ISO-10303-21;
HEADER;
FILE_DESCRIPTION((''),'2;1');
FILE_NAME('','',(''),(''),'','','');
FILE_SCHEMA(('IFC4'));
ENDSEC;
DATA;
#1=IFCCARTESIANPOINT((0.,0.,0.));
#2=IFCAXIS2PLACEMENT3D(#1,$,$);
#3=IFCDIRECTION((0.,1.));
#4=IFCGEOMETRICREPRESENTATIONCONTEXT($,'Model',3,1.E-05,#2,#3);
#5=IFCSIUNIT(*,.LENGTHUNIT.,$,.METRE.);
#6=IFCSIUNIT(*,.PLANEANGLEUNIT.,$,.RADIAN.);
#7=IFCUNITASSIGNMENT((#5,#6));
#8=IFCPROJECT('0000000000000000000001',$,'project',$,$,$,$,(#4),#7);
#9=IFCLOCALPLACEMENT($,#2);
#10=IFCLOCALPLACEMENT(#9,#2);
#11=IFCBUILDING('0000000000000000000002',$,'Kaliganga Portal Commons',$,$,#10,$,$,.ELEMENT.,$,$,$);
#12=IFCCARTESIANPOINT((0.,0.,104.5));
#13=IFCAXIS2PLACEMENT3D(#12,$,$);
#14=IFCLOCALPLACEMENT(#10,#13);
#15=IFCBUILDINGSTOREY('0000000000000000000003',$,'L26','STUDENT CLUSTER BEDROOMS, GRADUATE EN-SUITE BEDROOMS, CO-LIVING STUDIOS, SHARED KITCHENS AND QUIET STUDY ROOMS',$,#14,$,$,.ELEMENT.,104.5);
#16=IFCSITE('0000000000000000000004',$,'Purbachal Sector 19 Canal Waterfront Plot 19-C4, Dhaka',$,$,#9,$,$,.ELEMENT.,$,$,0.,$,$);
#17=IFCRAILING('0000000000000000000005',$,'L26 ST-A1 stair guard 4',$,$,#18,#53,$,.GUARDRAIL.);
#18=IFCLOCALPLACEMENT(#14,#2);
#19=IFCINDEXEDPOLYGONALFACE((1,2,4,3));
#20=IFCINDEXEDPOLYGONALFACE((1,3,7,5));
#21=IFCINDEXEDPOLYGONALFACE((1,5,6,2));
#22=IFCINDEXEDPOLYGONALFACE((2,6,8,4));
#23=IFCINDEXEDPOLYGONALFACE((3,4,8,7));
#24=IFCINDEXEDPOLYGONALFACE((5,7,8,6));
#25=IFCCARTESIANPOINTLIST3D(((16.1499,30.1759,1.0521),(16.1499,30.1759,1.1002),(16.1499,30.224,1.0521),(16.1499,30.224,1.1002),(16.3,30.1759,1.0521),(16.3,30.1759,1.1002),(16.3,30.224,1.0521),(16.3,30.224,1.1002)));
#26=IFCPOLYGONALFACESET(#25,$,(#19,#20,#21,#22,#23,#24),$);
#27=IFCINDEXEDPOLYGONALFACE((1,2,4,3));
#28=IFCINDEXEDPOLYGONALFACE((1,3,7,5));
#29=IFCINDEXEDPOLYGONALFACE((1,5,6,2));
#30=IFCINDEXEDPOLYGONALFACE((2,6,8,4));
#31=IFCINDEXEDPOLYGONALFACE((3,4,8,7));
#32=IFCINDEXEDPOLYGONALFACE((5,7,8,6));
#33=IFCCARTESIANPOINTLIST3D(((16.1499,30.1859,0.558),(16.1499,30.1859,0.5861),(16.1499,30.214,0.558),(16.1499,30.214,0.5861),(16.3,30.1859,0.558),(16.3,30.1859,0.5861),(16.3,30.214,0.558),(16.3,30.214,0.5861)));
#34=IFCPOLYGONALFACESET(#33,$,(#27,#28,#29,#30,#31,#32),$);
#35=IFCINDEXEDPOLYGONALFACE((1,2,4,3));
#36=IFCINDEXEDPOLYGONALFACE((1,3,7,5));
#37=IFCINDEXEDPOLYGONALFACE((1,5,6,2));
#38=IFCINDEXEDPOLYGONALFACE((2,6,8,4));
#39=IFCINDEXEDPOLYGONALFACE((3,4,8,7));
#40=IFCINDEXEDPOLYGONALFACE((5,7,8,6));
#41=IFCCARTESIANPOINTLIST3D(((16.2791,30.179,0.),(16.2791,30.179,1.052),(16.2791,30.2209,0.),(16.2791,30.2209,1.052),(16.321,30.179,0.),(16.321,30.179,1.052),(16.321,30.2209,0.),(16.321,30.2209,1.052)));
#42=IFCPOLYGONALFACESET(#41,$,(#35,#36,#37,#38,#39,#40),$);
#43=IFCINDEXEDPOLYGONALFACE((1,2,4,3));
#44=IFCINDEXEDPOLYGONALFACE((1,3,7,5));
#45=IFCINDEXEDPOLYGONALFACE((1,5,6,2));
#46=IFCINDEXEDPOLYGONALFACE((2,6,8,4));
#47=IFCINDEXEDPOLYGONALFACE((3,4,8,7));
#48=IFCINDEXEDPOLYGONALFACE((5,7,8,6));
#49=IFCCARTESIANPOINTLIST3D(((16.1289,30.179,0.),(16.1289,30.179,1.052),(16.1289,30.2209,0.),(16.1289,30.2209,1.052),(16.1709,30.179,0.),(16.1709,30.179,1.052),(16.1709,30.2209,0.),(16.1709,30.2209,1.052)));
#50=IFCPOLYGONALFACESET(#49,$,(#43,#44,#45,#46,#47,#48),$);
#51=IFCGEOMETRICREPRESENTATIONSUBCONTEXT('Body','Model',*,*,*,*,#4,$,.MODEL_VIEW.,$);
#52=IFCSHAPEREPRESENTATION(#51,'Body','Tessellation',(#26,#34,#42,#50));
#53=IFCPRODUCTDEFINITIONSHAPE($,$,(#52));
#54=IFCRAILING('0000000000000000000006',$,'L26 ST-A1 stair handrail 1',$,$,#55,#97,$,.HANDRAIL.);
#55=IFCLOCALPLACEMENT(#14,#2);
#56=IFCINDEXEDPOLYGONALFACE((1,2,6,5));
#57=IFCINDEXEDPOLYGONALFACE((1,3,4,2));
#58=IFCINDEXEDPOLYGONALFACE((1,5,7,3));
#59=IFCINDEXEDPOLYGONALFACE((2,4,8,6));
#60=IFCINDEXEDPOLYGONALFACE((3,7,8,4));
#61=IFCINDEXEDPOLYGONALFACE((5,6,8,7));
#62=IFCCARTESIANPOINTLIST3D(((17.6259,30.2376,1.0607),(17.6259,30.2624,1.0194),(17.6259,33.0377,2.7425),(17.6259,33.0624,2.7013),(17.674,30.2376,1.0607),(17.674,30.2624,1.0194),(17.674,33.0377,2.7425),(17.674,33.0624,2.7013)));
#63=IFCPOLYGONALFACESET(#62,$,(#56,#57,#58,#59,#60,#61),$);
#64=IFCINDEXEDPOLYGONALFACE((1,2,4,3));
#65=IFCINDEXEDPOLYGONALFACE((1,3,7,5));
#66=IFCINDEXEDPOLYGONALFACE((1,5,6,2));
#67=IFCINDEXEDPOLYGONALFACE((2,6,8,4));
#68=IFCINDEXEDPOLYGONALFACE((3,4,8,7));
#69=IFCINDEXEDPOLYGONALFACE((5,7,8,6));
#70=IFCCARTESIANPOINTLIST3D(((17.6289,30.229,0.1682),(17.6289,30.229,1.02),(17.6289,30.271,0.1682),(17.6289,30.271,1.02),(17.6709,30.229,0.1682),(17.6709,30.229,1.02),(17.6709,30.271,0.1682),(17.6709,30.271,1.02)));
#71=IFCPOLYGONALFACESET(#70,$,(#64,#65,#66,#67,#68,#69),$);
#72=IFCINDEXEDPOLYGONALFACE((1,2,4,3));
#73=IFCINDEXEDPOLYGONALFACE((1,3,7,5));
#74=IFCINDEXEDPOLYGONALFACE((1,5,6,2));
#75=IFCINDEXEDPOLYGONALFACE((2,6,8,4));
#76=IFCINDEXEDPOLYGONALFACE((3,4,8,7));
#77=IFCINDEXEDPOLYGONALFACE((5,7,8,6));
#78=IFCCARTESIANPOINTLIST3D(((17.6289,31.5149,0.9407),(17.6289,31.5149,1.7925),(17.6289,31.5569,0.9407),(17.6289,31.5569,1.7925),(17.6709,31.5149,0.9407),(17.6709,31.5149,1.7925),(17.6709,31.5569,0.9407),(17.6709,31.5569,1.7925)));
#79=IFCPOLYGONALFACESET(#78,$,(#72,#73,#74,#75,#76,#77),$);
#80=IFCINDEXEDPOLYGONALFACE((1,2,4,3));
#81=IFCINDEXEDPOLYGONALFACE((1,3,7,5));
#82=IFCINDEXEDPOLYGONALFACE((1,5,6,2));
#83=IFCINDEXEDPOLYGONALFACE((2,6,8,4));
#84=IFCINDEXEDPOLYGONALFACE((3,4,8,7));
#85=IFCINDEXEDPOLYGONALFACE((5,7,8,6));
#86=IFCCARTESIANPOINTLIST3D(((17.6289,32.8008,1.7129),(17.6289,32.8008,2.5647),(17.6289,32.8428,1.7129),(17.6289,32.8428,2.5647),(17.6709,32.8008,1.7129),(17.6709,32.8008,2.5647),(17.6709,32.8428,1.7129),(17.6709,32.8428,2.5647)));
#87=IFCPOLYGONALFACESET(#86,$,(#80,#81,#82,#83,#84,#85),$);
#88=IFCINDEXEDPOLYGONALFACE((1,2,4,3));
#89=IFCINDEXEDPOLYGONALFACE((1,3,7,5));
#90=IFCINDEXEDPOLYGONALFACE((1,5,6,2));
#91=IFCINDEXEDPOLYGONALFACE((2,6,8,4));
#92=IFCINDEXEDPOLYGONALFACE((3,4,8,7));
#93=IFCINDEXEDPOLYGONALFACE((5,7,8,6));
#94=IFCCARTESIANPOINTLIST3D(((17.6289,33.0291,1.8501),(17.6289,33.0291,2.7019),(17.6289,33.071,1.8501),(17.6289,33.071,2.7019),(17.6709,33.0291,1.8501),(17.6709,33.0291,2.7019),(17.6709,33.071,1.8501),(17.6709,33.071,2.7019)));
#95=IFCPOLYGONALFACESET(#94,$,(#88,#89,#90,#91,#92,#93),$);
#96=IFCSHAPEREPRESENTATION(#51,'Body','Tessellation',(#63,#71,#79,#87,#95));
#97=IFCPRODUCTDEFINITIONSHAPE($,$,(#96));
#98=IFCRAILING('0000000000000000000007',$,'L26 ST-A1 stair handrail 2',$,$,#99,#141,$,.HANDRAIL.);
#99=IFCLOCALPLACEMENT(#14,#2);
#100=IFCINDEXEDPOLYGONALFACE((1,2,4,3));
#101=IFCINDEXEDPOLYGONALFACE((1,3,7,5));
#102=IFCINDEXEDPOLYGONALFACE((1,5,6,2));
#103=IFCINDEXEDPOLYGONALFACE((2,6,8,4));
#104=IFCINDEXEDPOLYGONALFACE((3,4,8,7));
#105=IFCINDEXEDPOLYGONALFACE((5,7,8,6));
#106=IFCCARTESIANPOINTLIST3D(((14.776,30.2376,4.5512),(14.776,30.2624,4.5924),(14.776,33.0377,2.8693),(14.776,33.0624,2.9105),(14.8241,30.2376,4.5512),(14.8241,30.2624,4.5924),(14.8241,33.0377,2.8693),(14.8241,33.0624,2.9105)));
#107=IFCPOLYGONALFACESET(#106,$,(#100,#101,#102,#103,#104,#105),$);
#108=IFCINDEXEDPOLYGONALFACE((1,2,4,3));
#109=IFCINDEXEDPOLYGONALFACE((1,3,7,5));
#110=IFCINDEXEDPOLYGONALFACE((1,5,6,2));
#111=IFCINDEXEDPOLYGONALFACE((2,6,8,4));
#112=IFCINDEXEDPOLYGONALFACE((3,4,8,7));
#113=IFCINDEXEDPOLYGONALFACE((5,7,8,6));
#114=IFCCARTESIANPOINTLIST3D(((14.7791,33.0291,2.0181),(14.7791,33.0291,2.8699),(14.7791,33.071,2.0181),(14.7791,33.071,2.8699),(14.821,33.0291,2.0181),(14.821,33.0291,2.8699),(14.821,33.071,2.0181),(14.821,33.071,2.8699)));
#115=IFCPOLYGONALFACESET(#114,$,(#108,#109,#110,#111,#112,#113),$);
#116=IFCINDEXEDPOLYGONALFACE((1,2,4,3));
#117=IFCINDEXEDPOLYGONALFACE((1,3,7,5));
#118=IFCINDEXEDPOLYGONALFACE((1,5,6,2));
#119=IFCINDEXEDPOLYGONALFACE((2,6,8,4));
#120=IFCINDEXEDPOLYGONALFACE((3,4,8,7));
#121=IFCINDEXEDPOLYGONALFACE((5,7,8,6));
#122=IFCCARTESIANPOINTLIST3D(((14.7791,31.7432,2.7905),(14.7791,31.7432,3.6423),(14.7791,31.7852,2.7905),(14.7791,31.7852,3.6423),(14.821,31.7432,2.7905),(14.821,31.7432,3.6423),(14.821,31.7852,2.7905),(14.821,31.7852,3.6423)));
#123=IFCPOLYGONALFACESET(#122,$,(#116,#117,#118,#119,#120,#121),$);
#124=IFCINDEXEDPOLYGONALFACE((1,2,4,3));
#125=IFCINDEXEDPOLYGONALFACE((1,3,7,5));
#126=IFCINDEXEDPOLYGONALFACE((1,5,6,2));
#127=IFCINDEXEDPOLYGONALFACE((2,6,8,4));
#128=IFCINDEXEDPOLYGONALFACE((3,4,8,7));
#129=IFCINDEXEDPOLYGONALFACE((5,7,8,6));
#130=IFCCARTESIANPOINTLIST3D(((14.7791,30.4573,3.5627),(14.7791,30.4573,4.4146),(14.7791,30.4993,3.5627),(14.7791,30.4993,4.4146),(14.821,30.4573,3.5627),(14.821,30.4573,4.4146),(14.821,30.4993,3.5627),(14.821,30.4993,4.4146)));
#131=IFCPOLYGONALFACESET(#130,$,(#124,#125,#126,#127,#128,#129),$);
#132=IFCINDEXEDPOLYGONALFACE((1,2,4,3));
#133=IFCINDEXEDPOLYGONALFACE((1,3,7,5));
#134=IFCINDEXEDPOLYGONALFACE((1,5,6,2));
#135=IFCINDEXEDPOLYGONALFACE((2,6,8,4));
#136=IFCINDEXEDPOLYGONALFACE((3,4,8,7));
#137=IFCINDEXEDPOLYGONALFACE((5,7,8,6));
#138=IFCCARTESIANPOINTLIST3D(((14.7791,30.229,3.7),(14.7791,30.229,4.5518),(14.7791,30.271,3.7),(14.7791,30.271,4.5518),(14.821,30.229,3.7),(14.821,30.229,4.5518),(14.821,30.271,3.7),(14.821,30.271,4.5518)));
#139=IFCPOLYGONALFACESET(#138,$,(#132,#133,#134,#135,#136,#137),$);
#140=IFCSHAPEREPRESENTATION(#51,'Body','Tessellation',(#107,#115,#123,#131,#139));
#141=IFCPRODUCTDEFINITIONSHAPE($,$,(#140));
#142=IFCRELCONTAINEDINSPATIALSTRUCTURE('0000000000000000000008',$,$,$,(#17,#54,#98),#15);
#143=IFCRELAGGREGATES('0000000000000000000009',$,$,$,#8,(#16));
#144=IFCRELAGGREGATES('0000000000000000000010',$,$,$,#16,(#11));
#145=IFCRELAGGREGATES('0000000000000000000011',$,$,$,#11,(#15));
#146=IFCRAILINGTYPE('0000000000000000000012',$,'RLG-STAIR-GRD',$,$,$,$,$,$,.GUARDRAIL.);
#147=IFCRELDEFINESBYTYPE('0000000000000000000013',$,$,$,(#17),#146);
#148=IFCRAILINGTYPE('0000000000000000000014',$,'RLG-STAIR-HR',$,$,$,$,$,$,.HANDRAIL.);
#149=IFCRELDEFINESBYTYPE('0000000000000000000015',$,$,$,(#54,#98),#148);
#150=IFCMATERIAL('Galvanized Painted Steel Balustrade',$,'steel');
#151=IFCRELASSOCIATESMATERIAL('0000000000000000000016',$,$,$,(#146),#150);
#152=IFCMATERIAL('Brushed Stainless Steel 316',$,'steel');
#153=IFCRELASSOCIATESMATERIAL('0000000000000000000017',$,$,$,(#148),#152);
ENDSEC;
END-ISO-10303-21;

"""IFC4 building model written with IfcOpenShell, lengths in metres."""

from ifc_helpers import new_model, si_unit, direction, frame, origin, origin_2d, place, context, subcontext, project, spatial, rectangle, extrude, material, type_object, element, save


model = new_model("IFC4")

# Units and contexts
model_context = context("Model", 3, precision=1e-05, world=origin(), true_north=direction((0.0, 1.0)))
body_context = subcontext(model_context, "Body", "Model", "MODEL_VIEW")
ifc_project = project(units=[si_unit("LENGTHUNIT", "METRE"), si_unit("PLANEANGLEUNIT", "RADIAN")], contexts=[model_context])

# Site, building, storey
site_placement = place(None, origin())
site = spatial("IfcSite", under=ifc_project, at=site_placement, Name="Purbachal Sector 19 Canal Waterfront Plot 19-C4, Dhaka", CompositionType="ELEMENT", RefElevation=0.0)
building_placement = place(site_placement, origin())
building = spatial("IfcBuilding", under=site, at=building_placement, Name="Kaliganga Portal Commons", CompositionType="ELEMENT")
storey_placement = place(building_placement, frame((0.0, 0.0, 104.5)))
storey = spatial("IfcBuildingStorey", under=building, at=storey_placement, Name="L26", Description="STUDENT CLUSTER BEDROOMS, GRADUATE EN-SUITE BEDROOMS, CO-LIVING STUDIOS, SHARED KITCHENS AND QUIET STUDY ROOMS", CompositionType="ELEMENT", Elevation=104.5)

# Railings
ifc_material_1 = material(Name="Galvanized Painted Steel Balustrade", Category="steel")
railing_type_1 = type_object("IfcRailingType", Name="RLG-STAIR-GRD", PredefinedType="GUARDRAIL", material=ifc_material_1)
railing_1_placement = place(storey_placement, frame((16.3, 30.2, 0.0)))
element("IfcRailing", 1, at=railing_1_placement, inside=storey, type_object=railing_type_1, Name="L26 ST-A1 stair guard 4", PredefinedType="GUARDRAIL", context=body_context, shape_type="SweptSolid", body=[
    extrude(rectangle(XDim=0.0481, YDim=0.0481, at=origin_2d()), frame((0.0, 0.0, 1.0762), z_axis=(-1.0, 0.0, 0.0), x_axis=(0.0, -1.0, 0.0)), (0.0, 0.0, 1.0), 0.1501),
    extrude(rectangle(XDim=0.0281, YDim=0.0281, at=origin_2d()), frame((0.0, 0.0, 0.572), z_axis=(-1.0, 0.0, 0.0), x_axis=(0.0, -1.0, 0.0)), (0.0, 0.0, 1.0), 0.1501),
    extrude(rectangle(XDim=0.042, YDim=0.042, at=origin_2d()), origin(), (0.0, 0.0, 1.0), 1.052),
    extrude(rectangle(XDim=0.042, YDim=0.042, at=origin_2d()), frame((-0.1501, 0.0, 0.0)), (0.0, 0.0, 1.0), 1.052),
])
ifc_material_2 = material(Name="Brushed Stainless Steel 316", Category="steel")
railing_type_2 = type_object("IfcRailingType", Name="RLG-STAIR-HR", PredefinedType="HANDRAIL", material=ifc_material_2)
railing_2_placement = place(storey_placement, frame((17.6499, 30.25, 0.1682)))
element("IfcRailing", 2, at=railing_2_placement, inside=storey, type_object=railing_type_2, Name="L26 ST-A1 stair handrail 1", PredefinedType="HANDRAIL", context=body_context, shape_type="SweptSolid", body=[
    extrude(rectangle(XDim=0.0481, YDim=0.0481, at=origin_2d()), frame((0.0, 0.0, 0.8718), z_axis=(0.0, 0.857242, 0.514913), x_axis=(-1.0, 0.0, 0.0)), (0.0, 0.0, 1.0), 3.2664),
    extrude(rectangle(XDim=0.042, YDim=0.042, at=origin_2d()), origin(), (0.0, 0.0, 1.0), 0.8518),
    extrude(rectangle(XDim=0.042, YDim=0.042, at=origin_2d()), frame((0.0, 1.2859, 0.7725)), (0.0, 0.0, 1.0), 0.8518),
    extrude(rectangle(XDim=0.042, YDim=0.042, at=origin_2d()), frame((0.0, 2.5718, 1.5447)), (0.0, 0.0, 1.0), 0.8518),
    extrude(rectangle(XDim=0.042, YDim=0.042, at=origin_2d()), frame((0.0, 2.8, 1.6819)), (0.0, 0.0, 1.0), 0.8518),
])
railing_3_placement = place(storey_placement, frame((14.8, 33.05, 2.0181)))
element("IfcRailing", 3, at=railing_3_placement, inside=storey, type_object=railing_type_2, Name="L26 ST-A1 stair handrail 2", PredefinedType="HANDRAIL", context=body_context, shape_type="SweptSolid", body=[
    extrude(rectangle(XDim=0.0481, YDim=0.0481, at=origin_2d()), frame((0.0, 0.0, 0.8718), z_axis=(0.0, -0.857242, 0.514913), x_axis=(1.0, 0.0, 0.0)), (0.0, 0.0, 1.0), 3.2664),
    extrude(rectangle(XDim=0.042, YDim=0.042, at=origin_2d()), origin(), (0.0, 0.0, 1.0), 0.8518),
    extrude(rectangle(XDim=0.042, YDim=0.042, at=origin_2d()), frame((0.0, -1.2859, 0.7725)), (0.0, 0.0, 1.0), 0.8518),
    extrude(rectangle(XDim=0.042, YDim=0.042, at=origin_2d()), frame((0.0, -2.5718, 1.5447)), (0.0, 0.0, 1.0), 0.8518),
    extrude(rectangle(XDim=0.042, YDim=0.042, at=origin_2d()), frame((0.0, -2.8, 1.6819)), (0.0, 0.0, 1.0), 0.8518),
])

save(model, "model.ifc")
